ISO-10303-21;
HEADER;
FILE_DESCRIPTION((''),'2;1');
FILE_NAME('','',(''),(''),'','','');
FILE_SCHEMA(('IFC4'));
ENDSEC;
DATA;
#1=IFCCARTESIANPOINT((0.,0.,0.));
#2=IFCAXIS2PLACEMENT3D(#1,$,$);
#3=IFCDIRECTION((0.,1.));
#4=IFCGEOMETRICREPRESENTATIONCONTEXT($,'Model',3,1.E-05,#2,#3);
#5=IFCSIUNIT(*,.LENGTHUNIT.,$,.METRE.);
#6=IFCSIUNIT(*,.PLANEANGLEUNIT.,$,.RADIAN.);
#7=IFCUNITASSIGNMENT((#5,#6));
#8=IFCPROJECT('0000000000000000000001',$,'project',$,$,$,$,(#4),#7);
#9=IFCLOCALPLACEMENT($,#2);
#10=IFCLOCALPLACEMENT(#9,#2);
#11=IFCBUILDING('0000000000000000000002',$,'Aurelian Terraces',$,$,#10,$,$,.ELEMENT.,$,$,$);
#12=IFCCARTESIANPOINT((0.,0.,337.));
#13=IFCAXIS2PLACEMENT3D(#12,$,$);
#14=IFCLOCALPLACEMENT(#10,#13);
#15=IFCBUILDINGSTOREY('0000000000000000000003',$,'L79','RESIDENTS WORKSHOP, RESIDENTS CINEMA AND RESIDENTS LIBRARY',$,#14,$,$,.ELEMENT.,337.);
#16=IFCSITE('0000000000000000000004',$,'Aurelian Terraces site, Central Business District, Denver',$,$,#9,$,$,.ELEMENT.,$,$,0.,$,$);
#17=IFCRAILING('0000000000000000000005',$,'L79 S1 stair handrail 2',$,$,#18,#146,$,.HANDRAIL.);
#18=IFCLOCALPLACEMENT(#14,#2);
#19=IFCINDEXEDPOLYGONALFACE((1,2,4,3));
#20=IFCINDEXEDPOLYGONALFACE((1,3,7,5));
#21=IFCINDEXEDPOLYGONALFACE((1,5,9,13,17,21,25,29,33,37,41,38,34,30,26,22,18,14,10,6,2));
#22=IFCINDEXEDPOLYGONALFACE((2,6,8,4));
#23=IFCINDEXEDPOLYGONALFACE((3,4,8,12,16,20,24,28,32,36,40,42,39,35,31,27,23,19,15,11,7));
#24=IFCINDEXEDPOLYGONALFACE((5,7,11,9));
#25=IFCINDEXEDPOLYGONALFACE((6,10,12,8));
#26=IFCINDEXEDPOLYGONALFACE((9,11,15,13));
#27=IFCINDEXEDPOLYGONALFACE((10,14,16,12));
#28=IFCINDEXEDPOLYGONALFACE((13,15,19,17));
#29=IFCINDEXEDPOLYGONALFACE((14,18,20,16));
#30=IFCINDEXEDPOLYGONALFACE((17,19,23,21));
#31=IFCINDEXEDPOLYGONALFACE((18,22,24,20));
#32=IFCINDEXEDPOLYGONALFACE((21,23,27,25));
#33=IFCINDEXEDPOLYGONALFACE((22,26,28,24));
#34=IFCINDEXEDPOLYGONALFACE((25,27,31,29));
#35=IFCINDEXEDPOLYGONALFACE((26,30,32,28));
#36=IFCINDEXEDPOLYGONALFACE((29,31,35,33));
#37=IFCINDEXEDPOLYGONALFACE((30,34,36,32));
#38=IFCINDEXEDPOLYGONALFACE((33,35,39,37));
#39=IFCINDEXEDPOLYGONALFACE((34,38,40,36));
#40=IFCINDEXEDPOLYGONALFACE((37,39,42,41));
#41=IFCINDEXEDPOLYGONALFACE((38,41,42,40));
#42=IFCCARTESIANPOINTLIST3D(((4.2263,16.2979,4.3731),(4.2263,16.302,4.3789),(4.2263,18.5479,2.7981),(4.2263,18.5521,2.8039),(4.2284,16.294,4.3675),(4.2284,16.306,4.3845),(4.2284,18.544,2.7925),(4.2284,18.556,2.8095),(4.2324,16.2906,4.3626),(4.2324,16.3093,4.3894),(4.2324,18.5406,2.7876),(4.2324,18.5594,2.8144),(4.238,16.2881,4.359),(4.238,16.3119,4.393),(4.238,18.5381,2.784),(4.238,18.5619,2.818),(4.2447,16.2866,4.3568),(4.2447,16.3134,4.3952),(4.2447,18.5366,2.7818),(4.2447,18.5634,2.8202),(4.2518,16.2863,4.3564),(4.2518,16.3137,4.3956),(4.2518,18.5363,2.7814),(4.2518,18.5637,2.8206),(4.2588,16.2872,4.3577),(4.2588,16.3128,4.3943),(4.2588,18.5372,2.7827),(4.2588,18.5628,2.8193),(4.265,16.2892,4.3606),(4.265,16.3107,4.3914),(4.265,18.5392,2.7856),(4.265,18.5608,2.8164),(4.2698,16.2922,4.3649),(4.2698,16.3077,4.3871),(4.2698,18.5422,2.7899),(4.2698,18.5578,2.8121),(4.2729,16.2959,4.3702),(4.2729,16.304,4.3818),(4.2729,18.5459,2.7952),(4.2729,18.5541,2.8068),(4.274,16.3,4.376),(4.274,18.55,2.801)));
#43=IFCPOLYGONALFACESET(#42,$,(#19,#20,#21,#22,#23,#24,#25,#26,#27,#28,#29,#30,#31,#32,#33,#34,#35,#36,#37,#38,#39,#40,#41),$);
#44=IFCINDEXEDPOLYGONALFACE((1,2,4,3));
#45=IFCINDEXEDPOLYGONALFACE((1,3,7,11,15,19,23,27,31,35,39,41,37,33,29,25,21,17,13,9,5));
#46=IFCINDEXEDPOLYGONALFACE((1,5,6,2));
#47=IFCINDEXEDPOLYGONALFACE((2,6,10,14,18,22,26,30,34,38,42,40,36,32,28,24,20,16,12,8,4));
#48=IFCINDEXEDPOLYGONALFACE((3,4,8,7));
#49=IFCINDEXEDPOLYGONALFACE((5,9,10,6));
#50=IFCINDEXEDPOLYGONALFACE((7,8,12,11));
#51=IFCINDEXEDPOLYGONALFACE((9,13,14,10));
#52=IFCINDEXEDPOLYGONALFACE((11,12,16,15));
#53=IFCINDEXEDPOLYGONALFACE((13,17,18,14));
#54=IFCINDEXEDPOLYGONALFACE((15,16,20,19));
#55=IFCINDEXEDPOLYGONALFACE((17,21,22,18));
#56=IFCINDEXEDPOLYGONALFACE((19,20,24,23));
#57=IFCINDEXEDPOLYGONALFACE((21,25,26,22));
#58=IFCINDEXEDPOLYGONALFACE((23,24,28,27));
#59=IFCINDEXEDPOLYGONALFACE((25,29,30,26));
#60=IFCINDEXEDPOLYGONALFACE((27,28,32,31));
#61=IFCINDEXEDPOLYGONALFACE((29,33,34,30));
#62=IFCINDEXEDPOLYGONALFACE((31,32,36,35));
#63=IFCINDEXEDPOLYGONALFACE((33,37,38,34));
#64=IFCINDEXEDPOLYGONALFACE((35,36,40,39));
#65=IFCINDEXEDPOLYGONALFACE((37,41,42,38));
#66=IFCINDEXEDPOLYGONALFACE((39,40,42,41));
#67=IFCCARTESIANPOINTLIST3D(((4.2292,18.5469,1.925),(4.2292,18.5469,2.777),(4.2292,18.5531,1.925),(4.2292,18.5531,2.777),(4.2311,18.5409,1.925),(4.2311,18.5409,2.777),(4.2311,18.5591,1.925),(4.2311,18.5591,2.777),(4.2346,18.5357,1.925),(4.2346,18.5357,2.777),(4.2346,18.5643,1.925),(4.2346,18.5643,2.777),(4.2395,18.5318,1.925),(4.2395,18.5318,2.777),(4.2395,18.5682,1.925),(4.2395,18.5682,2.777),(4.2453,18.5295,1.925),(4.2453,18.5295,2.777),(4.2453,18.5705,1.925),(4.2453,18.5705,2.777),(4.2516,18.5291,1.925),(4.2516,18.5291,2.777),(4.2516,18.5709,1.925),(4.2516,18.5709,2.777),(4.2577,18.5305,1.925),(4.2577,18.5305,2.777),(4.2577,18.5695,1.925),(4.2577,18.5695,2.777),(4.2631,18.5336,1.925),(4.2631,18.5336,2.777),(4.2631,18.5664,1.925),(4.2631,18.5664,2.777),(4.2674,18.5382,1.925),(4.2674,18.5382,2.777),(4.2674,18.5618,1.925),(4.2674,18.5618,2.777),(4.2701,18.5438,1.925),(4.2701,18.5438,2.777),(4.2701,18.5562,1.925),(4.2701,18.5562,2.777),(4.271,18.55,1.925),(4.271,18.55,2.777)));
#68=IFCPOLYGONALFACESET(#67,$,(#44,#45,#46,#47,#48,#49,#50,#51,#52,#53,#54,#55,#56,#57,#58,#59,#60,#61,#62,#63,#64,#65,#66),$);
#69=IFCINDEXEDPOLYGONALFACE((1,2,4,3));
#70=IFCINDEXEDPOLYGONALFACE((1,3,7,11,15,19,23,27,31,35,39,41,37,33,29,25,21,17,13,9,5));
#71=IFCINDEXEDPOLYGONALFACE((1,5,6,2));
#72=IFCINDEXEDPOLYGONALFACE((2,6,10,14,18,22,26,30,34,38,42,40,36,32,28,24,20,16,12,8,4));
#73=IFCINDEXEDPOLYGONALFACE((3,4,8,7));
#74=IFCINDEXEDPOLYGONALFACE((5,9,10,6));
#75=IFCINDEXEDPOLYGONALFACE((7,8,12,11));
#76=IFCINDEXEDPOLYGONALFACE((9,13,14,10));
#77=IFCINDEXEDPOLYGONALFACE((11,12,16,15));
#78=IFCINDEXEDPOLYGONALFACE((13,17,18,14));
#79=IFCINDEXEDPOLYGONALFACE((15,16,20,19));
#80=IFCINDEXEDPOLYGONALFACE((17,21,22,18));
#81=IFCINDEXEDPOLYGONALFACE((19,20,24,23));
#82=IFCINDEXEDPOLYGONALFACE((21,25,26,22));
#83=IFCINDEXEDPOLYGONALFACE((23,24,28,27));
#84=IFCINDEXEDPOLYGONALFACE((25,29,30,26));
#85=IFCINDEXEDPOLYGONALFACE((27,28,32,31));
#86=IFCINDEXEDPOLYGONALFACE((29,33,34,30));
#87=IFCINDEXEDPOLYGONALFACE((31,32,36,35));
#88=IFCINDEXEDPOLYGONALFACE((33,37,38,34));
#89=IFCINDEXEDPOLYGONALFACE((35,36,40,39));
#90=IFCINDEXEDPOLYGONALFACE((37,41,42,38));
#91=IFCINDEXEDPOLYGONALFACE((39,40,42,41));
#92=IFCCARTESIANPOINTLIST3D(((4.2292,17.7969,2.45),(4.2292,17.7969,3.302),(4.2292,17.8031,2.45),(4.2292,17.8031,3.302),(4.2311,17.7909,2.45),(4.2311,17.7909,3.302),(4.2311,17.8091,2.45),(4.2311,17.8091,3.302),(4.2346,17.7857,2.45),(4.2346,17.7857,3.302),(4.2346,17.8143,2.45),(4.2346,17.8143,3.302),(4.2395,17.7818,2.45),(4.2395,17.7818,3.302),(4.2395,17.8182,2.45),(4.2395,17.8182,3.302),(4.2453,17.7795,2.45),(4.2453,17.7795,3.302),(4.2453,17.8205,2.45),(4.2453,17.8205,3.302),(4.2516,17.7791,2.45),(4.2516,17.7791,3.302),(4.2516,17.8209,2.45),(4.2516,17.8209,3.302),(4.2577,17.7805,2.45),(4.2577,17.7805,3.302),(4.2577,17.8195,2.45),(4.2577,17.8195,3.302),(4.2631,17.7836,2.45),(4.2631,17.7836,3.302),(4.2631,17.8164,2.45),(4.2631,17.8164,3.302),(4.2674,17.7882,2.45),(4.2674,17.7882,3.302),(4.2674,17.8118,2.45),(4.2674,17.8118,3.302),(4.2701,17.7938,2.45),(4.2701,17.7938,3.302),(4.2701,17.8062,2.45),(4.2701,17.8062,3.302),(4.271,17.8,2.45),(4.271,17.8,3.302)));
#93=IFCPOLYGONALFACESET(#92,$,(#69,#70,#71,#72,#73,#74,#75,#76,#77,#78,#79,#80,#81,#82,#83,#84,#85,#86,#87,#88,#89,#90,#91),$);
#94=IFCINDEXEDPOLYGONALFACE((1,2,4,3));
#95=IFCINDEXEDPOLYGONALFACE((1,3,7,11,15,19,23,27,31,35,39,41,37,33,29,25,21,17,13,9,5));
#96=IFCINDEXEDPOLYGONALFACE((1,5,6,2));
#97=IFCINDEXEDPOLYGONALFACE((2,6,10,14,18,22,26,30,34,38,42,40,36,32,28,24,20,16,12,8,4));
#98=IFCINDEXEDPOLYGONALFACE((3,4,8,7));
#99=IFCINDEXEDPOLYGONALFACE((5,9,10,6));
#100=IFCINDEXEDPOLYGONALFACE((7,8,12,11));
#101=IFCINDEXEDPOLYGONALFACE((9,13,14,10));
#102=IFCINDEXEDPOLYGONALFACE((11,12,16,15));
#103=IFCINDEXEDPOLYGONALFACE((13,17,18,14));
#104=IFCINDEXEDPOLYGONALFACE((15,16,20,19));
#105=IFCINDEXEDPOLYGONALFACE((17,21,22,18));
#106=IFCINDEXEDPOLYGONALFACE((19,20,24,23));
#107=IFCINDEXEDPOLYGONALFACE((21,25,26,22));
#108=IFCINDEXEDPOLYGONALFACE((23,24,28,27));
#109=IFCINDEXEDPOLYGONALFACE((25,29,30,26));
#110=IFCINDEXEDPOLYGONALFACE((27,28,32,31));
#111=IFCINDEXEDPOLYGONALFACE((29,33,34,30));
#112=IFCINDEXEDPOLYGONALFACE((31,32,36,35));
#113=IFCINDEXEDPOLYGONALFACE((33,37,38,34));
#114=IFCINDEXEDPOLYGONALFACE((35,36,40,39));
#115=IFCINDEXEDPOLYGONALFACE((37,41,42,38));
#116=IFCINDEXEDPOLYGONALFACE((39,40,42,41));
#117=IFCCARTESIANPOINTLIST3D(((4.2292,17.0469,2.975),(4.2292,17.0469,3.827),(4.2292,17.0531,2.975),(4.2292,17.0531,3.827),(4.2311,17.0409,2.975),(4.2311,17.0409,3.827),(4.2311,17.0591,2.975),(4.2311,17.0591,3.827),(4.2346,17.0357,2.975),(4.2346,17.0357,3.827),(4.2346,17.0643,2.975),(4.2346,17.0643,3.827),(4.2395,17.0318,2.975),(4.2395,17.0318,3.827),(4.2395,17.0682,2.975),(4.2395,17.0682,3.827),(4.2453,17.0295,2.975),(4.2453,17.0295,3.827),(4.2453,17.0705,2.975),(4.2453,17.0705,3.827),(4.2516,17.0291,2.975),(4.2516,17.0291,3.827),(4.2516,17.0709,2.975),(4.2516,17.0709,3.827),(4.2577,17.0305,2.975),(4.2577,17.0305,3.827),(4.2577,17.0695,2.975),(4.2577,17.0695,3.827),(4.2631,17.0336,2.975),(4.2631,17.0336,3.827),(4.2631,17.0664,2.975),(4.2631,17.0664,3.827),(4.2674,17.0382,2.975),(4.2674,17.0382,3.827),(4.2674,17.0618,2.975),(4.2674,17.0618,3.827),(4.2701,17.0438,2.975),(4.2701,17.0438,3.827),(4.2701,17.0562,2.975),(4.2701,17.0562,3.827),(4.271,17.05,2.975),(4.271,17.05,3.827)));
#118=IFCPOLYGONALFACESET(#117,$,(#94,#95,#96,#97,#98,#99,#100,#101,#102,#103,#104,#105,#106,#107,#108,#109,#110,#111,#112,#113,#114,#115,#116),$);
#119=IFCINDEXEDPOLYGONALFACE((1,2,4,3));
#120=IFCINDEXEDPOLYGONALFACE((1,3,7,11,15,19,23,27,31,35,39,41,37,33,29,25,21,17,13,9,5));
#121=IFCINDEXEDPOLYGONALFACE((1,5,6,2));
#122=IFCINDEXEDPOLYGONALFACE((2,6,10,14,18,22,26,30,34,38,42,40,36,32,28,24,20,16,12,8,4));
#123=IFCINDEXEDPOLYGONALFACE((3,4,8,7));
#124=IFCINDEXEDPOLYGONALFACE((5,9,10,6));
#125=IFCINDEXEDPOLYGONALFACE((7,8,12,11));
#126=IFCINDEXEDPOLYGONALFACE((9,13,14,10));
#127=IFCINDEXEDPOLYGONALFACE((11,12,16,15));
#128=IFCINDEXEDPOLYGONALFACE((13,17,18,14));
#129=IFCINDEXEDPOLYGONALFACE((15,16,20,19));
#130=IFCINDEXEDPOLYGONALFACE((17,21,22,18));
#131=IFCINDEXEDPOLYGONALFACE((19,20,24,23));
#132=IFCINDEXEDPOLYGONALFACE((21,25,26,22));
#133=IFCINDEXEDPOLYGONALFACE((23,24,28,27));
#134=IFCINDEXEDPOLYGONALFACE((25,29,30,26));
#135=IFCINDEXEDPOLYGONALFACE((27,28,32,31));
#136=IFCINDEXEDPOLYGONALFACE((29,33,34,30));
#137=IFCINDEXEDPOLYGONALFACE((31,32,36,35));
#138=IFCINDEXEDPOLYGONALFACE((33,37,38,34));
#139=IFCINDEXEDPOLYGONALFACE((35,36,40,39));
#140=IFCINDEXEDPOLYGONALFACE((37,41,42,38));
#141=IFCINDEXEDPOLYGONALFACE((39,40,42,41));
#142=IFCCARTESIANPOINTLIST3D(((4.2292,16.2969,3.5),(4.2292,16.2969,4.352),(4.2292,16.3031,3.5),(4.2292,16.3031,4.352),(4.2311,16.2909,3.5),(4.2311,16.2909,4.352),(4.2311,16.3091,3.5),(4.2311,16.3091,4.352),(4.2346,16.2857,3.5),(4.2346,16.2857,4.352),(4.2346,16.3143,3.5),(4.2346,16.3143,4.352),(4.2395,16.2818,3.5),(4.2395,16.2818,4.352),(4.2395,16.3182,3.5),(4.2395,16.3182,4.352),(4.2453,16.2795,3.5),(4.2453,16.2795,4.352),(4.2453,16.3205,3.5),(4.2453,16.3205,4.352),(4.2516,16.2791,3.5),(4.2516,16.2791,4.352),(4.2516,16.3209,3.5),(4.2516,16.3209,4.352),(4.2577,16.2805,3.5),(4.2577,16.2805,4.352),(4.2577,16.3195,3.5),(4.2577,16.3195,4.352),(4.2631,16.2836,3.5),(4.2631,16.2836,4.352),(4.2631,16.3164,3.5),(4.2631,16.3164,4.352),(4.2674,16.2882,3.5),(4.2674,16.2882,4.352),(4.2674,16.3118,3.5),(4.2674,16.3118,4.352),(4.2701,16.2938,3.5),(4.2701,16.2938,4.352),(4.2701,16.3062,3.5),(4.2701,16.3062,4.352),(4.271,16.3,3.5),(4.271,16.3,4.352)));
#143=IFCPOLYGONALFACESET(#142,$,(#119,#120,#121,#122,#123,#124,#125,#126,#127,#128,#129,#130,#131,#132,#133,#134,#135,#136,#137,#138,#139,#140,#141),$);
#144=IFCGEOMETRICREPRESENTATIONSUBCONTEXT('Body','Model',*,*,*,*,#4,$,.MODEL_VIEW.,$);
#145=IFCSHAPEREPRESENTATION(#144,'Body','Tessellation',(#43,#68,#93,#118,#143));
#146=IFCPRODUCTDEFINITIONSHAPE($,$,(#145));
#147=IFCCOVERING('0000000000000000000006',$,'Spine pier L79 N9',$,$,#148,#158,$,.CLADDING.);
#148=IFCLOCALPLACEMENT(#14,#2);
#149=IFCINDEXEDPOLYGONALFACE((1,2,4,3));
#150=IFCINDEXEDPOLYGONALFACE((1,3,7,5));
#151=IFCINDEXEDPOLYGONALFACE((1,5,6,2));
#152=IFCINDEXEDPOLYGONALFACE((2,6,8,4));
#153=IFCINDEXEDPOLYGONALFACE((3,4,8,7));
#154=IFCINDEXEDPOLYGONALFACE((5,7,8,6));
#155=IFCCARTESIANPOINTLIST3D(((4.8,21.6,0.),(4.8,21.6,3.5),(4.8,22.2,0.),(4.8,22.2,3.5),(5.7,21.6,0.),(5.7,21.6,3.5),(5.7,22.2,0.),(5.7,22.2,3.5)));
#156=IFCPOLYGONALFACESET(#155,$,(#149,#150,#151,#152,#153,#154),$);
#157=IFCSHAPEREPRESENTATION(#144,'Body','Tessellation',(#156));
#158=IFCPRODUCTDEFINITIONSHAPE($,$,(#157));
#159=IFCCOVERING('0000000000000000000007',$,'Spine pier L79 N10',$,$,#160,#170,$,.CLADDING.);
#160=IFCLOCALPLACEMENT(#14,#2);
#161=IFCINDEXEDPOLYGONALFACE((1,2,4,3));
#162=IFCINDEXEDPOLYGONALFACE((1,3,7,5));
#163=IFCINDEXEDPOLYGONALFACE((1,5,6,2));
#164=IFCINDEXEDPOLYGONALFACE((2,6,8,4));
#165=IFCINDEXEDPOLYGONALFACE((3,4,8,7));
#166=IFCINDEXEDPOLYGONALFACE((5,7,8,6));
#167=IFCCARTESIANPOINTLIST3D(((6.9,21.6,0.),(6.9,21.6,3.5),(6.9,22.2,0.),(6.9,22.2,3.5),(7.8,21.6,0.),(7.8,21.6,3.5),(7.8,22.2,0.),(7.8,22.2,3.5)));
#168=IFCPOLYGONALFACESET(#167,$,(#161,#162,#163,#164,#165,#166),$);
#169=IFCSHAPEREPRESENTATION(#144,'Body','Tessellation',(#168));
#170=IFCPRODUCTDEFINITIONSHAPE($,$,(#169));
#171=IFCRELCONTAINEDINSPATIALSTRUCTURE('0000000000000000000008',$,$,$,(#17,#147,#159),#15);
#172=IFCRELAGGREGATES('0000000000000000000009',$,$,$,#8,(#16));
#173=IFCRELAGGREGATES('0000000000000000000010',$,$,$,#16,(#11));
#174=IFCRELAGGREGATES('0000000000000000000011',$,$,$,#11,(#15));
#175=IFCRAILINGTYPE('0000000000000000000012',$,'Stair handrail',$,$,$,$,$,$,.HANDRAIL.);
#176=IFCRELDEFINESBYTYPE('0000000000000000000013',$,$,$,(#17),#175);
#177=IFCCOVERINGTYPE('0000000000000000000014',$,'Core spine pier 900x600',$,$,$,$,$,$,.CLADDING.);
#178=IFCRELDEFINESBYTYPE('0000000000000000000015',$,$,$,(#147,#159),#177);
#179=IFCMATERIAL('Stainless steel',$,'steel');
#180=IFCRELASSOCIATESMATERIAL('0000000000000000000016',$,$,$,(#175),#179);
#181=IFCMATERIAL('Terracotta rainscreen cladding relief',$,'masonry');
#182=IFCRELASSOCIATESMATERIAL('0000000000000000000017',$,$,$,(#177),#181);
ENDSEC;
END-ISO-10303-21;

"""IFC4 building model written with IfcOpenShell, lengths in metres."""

from ifc_helpers import new_model, si_unit, direction, frame, origin, origin_2d, place, context, subcontext, project, spatial, rectangle, circle, extrude, source, transform, mapped, material, type_object, element, save


model = new_model("IFC4")

# Units and contexts
model_context = context("Model", 3, precision=1e-05, world=origin(), true_north=direction((0.0, 1.0)))
body_context = subcontext(model_context, "Body", "Model", "MODEL_VIEW")
ifc_project = project(units=[si_unit("LENGTHUNIT", "METRE"), si_unit("PLANEANGLEUNIT", "RADIAN")], contexts=[model_context])

# Site, building, storey
site_placement = place(None, origin())
site = spatial("IfcSite", under=ifc_project, at=site_placement, Name="Aurelian Terraces site, Central Business District, Denver", CompositionType="ELEMENT", RefElevation=0.0)
building_placement = place(site_placement, origin())
building = spatial("IfcBuilding", under=site, at=building_placement, Name="Aurelian Terraces", CompositionType="ELEMENT")
storey_placement = place(building_placement, frame((0.0, 0.0, 337.0)))
storey = spatial("IfcBuildingStorey", under=building, at=storey_placement, Name="L79", Description="RESIDENTS WORKSHOP, RESIDENTS CINEMA AND RESIDENTS LIBRARY", CompositionType="ELEMENT", Elevation=337.0)

# Railing
ifc_material_1 = material(Name="Stainless steel", Category="steel")
railing_type_1 = type_object("IfcRailingType", Name="Stair handrail", PredefinedType="HANDRAIL", material=ifc_material_1)
shared_shape_1 = source(origin(), body_context, "Body", "SweptSolid", [
    extrude(circle(Radius=0.024, at=origin_2d()), frame((0.0, 0.0, 0.876), z_axis=(0.0, -0.819232, 0.573462), x_axis=(1.0, 0.0, 0.0)), (0.0, 0.0, 1.0), 2.7465),
    extrude(circle(Radius=0.021, at=origin_2d()), origin(), (0.0, 0.0, 1.0), 0.852),
    extrude(circle(Radius=0.021, at=origin_2d()), frame((0.0, -0.75, 0.525)), (0.0, 0.0, 1.0), 0.852),
    extrude(circle(Radius=0.021, at=origin_2d()), frame((0.0, -1.5, 1.05)), (0.0, 0.0, 1.0), 0.852),
    extrude(circle(Radius=0.021, at=origin_2d()), frame((0.0, -2.25, 1.575)), (0.0, 0.0, 1.0), 0.852),
])
railing_1_placement = place(storey_placement, frame((4.25, 18.55, 1.925)))
element("IfcRailing", 1, at=railing_1_placement, inside=storey, type_object=railing_type_1, Name="L79 S1 stair handrail 2", PredefinedType="HANDRAIL", context=body_context, shape_type="MappedRepresentation", body=[
    mapped(shared_shape_1, transform((0.0, 0.0, 0.0), scale=1.0)),
])

# Coverings
ifc_material_2 = material(Name="Terracotta rainscreen cladding relief", Category="masonry")
covering_type_1 = type_object("IfcCoveringType", Name="Core spine pier 900x600", PredefinedType="CLADDING", material=ifc_material_2)
shared_shape_2 = source(origin(), body_context, "Body", "SweptSolid", [
    extrude(rectangle(XDim=0.9, YDim=0.6, at=origin_2d()), origin(), (0.0, 0.0, 1.0), 3.5),
])
for number, where, z_axis, x_axis, name in (
    (2, (5.25, 21.9, 0.0), (0.0, 0.0, 1.0), (1.0, 0.0, 0.0), "Spine pier L79 N9"),
    (3, (7.35, 21.9, 0.0), (0.0, 0.0, 1.0), (1.0, 0.0, 0.0), "Spine pier L79 N10"),
):
    element("IfcCovering", number, at=place(storey_placement, frame(where, z_axis=z_axis, x_axis=x_axis)), inside=storey, type_object=covering_type_1, Name=name, PredefinedType="CLADDING", context=body_context, shape_type="MappedRepresentation", body=[
        mapped(shared_shape_2, transform((0.0, 0.0, 0.0), scale=1.0)),
    ])

save(model, "model.ifc")
